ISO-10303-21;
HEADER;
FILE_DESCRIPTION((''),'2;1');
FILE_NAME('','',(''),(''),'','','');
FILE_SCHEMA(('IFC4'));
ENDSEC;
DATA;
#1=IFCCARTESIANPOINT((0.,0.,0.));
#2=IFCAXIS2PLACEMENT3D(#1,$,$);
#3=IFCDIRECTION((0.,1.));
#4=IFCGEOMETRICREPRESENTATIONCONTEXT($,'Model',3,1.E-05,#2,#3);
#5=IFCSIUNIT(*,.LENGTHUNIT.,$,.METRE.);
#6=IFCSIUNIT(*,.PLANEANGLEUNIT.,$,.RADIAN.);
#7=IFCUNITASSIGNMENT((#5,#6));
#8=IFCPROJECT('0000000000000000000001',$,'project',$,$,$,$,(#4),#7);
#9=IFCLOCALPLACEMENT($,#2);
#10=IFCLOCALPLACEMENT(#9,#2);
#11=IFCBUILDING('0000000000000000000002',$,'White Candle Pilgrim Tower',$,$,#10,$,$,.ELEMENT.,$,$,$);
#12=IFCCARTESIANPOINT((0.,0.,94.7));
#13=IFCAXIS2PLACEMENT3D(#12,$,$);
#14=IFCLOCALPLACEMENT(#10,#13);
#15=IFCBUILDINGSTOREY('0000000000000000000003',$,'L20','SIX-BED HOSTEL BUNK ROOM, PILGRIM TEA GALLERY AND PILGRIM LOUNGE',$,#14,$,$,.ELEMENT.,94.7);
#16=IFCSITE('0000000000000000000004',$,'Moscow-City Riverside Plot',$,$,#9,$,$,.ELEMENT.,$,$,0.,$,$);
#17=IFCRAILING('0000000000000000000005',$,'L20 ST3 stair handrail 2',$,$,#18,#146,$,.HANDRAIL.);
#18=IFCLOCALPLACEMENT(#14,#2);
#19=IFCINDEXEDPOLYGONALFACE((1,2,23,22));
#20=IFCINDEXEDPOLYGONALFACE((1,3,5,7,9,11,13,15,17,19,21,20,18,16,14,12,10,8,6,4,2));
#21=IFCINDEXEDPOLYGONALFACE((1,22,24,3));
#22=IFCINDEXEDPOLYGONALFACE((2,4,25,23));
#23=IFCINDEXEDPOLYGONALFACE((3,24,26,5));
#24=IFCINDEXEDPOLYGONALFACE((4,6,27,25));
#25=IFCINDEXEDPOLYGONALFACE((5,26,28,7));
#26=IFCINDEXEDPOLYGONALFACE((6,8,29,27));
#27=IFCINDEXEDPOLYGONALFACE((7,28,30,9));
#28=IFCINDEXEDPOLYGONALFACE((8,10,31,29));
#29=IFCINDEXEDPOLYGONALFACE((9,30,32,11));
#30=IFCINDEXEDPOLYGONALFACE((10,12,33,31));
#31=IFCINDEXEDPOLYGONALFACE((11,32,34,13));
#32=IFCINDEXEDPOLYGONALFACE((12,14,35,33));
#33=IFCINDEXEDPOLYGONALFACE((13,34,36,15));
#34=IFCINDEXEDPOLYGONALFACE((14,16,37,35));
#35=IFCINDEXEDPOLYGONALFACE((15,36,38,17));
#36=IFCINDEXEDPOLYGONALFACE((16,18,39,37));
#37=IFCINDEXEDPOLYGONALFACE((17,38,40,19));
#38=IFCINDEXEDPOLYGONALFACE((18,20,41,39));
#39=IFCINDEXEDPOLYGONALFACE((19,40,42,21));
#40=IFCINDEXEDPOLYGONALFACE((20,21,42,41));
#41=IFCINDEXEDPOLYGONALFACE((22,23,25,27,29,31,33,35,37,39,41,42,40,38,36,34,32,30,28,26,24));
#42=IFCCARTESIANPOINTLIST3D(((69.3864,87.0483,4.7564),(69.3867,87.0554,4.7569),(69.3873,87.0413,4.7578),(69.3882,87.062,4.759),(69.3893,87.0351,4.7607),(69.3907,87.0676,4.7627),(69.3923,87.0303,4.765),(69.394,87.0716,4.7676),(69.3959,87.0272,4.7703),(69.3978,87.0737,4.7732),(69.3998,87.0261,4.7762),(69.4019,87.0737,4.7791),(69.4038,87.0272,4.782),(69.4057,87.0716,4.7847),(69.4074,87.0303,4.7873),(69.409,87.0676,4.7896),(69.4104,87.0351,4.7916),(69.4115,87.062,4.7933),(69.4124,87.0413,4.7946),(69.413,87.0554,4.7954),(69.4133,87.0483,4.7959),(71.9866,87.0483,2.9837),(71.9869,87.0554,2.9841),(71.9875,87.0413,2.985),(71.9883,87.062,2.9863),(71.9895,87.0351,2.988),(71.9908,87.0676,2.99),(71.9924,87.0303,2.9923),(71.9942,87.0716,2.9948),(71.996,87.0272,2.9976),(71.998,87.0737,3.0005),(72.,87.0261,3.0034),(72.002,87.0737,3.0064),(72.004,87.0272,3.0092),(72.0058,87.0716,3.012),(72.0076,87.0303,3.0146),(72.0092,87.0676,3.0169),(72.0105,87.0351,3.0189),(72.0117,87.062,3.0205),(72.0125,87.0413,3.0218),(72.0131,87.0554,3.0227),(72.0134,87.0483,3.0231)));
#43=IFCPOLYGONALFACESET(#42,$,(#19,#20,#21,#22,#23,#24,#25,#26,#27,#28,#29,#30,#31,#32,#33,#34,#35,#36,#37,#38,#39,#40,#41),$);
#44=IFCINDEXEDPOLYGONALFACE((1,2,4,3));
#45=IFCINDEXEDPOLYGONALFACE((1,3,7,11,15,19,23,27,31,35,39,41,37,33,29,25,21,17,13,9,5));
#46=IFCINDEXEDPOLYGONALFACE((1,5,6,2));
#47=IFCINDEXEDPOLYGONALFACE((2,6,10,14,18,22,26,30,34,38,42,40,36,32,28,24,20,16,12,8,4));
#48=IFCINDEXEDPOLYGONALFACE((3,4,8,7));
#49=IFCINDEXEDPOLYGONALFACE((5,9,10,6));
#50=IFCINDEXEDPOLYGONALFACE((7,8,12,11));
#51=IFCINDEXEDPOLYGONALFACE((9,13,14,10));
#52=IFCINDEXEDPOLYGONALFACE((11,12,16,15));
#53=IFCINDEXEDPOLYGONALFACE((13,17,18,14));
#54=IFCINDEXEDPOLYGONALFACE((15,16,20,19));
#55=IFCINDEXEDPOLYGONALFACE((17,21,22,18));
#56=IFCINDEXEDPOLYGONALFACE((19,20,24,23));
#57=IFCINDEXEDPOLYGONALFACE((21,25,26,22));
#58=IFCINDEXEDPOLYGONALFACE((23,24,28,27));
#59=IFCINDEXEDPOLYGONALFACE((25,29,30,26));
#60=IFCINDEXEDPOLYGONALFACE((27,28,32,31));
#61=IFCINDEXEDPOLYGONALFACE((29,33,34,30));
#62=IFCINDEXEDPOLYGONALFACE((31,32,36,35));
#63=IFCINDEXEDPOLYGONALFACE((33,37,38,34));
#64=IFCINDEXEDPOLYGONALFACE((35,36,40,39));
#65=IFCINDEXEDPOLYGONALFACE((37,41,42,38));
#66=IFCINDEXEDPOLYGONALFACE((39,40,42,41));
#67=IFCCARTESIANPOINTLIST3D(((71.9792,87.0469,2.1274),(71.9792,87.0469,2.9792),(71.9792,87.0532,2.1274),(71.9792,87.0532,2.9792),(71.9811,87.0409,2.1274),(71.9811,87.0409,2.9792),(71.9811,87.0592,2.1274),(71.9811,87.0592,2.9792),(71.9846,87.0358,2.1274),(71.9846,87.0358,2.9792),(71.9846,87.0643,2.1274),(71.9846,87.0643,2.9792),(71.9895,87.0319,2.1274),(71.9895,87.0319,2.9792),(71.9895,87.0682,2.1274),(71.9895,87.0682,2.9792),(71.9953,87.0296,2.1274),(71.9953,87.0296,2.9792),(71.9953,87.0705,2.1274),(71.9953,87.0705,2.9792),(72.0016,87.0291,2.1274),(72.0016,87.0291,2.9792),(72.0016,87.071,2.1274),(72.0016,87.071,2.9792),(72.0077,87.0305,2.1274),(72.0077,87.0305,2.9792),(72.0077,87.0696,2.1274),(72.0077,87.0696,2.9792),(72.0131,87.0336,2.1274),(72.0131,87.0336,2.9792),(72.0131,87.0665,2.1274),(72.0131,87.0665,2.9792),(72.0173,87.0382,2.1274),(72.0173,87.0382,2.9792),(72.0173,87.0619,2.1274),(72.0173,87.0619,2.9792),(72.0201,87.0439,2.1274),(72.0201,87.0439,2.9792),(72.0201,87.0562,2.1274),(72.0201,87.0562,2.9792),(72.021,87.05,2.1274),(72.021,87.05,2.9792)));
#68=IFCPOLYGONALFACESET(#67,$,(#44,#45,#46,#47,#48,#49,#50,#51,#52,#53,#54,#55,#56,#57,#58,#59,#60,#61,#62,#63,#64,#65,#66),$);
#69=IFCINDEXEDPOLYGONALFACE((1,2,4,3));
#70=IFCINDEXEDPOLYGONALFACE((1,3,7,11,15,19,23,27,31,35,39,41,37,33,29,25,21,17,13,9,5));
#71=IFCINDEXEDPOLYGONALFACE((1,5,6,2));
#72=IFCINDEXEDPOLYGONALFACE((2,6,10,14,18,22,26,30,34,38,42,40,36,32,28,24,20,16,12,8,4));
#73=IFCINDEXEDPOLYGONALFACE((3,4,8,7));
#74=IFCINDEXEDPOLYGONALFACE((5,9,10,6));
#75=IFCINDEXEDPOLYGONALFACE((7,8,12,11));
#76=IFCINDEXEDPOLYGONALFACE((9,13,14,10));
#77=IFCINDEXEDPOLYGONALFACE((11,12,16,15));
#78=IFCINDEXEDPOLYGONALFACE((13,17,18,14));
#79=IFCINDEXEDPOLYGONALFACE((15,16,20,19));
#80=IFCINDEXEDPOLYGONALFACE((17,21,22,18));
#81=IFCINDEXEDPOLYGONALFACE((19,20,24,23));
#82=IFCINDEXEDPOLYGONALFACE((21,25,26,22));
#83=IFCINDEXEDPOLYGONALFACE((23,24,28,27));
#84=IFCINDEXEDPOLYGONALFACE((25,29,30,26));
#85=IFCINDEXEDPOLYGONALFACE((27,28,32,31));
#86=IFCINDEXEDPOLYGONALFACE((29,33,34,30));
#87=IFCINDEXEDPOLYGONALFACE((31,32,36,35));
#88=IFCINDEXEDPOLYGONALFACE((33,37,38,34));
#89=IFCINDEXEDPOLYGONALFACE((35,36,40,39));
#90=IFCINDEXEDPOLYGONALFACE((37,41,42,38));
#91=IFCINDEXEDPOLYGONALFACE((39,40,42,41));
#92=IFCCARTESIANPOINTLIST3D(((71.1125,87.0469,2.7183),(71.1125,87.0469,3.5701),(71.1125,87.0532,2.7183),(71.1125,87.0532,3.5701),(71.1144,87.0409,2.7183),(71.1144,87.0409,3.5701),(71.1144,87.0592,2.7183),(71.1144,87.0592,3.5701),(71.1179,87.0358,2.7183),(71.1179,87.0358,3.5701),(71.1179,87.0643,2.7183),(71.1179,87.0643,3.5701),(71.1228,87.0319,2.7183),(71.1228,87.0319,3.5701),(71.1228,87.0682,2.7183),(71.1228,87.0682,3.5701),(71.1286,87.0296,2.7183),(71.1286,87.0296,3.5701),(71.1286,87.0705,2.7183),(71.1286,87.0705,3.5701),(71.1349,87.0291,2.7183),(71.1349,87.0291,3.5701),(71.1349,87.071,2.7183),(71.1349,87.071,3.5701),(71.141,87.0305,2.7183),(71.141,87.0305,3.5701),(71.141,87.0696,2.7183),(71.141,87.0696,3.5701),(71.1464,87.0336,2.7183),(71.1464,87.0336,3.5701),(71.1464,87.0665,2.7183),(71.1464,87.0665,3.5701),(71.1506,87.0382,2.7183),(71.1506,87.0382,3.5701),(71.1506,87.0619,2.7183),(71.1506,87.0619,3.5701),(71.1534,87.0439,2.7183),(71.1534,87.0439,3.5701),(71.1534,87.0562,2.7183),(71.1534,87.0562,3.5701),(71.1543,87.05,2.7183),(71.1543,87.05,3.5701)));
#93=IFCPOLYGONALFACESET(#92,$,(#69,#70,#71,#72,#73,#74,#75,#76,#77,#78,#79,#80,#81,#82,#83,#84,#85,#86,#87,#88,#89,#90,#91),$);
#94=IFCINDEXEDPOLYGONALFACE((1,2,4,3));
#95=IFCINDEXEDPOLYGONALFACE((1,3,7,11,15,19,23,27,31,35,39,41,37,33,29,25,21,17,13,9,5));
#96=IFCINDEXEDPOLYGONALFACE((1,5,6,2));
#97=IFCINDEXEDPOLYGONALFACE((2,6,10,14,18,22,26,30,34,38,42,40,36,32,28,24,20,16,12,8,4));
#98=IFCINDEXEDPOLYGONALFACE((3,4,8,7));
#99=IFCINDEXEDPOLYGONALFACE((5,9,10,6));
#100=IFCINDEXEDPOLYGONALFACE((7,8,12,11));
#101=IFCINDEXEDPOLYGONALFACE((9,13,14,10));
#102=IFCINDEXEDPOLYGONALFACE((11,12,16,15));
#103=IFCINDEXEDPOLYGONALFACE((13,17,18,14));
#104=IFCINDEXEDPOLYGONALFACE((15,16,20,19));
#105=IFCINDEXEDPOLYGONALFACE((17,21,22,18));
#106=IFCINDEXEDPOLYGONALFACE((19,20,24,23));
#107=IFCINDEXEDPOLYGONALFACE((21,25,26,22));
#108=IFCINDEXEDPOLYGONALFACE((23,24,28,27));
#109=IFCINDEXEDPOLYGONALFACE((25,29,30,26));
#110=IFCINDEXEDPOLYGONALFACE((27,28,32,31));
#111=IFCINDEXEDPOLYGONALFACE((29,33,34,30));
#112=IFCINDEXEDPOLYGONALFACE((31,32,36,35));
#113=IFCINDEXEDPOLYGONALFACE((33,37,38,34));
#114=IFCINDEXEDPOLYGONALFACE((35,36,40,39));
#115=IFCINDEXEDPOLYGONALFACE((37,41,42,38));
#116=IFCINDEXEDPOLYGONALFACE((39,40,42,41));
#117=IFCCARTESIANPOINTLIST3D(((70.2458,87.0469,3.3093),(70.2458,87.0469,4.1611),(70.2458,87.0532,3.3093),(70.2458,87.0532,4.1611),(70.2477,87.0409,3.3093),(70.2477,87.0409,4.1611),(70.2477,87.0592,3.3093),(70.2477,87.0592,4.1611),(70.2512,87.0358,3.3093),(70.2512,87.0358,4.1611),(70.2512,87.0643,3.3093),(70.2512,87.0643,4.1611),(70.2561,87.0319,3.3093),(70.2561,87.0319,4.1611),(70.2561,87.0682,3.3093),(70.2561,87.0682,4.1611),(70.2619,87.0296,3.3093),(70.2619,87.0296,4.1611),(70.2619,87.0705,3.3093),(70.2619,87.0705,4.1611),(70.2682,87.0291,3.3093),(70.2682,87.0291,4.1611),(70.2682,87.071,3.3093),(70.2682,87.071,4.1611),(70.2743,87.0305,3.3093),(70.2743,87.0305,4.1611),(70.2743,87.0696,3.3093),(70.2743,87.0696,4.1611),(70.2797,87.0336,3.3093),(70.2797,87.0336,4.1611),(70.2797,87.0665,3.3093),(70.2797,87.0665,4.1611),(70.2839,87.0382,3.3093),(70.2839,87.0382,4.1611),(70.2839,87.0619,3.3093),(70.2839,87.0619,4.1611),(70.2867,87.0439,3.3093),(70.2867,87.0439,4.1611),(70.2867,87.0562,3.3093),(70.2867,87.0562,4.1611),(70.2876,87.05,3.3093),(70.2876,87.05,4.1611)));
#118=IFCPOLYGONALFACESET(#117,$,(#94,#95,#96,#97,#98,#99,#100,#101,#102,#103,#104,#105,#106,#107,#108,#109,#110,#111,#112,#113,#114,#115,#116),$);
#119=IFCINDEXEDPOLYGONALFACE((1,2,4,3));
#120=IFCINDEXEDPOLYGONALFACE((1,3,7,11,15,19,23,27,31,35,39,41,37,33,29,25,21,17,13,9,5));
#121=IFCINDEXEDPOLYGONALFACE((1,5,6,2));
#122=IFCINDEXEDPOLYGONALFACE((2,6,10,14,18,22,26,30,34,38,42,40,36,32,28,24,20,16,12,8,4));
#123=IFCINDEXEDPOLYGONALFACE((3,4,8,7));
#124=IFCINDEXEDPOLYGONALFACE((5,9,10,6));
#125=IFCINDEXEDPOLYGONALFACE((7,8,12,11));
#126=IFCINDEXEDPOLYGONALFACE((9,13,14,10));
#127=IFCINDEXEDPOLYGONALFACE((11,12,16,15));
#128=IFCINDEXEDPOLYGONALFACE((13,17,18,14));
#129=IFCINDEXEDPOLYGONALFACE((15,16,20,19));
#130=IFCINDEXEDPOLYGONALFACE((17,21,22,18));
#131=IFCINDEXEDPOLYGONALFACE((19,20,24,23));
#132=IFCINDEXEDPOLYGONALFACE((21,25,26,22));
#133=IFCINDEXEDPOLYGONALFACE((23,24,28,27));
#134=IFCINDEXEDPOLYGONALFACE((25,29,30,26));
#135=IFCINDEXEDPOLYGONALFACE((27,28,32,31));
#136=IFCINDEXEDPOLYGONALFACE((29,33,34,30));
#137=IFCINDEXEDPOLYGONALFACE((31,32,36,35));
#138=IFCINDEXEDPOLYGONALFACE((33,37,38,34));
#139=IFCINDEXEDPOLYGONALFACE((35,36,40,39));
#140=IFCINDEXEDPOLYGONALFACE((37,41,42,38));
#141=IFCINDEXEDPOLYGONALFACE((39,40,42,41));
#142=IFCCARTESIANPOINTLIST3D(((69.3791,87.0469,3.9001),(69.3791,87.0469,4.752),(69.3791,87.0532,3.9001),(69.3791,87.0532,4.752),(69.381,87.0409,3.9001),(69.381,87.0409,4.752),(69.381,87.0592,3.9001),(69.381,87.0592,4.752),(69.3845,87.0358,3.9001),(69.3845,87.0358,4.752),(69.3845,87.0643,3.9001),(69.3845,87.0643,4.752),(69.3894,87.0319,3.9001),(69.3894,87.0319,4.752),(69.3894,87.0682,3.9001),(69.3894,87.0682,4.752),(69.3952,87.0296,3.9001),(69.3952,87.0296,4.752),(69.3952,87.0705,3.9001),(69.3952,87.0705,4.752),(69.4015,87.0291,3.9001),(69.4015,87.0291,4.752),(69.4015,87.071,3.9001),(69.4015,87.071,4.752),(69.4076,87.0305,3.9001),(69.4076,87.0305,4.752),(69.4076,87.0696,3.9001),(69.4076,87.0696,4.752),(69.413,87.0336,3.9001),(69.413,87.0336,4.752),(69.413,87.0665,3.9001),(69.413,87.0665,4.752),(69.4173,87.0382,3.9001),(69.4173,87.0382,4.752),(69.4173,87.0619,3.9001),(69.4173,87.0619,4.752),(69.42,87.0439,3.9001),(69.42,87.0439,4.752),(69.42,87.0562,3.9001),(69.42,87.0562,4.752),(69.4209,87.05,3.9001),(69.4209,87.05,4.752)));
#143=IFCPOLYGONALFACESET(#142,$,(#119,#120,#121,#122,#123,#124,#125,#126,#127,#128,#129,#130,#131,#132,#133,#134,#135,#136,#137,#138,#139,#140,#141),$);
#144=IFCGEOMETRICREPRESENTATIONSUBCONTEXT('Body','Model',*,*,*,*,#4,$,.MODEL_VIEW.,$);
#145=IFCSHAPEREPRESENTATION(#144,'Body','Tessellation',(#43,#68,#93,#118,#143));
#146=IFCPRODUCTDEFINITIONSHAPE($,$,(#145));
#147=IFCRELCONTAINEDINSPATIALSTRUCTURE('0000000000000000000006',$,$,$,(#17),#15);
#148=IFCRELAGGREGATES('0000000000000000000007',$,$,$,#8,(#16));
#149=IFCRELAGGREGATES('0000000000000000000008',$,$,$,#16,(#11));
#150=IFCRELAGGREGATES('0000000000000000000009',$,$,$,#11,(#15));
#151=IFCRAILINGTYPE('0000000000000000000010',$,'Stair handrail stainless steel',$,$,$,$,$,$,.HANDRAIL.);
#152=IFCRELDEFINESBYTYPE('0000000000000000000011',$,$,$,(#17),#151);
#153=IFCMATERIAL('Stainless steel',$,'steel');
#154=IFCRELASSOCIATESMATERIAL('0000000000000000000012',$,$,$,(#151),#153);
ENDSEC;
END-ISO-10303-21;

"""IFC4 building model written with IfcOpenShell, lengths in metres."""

from ifc_helpers import new_model, si_unit, direction, frame, origin, origin_2d, place, context, subcontext, project, spatial, circle, extrude, material, type_object, element, save


model = new_model("IFC4")

# Units and contexts
model_context = context("Model", 3, precision=1e-05, world=origin(), true_north=direction((0.0, 1.0)))
body_context = subcontext(model_context, "Body", "Model", "MODEL_VIEW")
ifc_project = project(units=[si_unit("LENGTHUNIT", "METRE"), si_unit("PLANEANGLEUNIT", "RADIAN")], contexts=[model_context])

# Site, building, storey
site_placement = place(None, origin())
site = spatial("IfcSite", under=ifc_project, at=site_placement, Name="Moscow-City Riverside Plot", CompositionType="ELEMENT", RefElevation=0.0)
building_placement = place(site_placement, origin())
building = spatial("IfcBuilding", under=site, at=building_placement, Name="White Candle Pilgrim Tower", CompositionType="ELEMENT")
storey_placement = place(building_placement, frame((0.0, 0.0, 94.7)))
storey = spatial("IfcBuildingStorey", under=building, at=storey_placement, Name="L20", Description="SIX-BED HOSTEL BUNK ROOM, PILGRIM TEA GALLERY AND PILGRIM LOUNGE", CompositionType="ELEMENT", Elevation=94.7)

# Railing
ifc_material_1 = material(Name="Stainless steel", Category="steel")
railing_type_1 = type_object("IfcRailingType", Name="Stair handrail stainless steel", PredefinedType="HANDRAIL", material=ifc_material_1)
railing_1_placement = place(storey_placement, frame((72.0, 87.05, 2.1274)))
element("IfcRailing", 1, at=railing_1_placement, inside=storey, type_object=railing_type_1, Name="L20 ST3 stair handrail 2", PredefinedType="HANDRAIL", context=body_context, shape_type="SweptSolid", body=[
    extrude(circle(Radius=0.0239, at=origin_2d()), frame((0.0, 0.0, 0.876), z_axis=(-0.82624, 0.0, 0.563318), x_axis=(0.0, -1.0, 0.0)), (0.0, 0.0, 1.0), 3.147),
    extrude(circle(Radius=0.021, at=origin_2d()), origin(), (0.0, 0.0, 1.0), 0.8518),
    extrude(circle(Radius=0.021, at=origin_2d()), frame((-0.8667, 0.0, 0.5908)), (0.0, 0.0, 1.0), 0.8518),
    extrude(circle(Radius=0.021, at=origin_2d()), frame((-1.7334, 0.0, 1.1819)), (0.0, 0.0, 1.0), 0.8518),
    extrude(circle(Radius=0.021, at=origin_2d()), frame((-2.6001, 0.0, 1.7727)), (0.0, 0.0, 1.0), 0.8518),
])

save(model, "model.ifc")
